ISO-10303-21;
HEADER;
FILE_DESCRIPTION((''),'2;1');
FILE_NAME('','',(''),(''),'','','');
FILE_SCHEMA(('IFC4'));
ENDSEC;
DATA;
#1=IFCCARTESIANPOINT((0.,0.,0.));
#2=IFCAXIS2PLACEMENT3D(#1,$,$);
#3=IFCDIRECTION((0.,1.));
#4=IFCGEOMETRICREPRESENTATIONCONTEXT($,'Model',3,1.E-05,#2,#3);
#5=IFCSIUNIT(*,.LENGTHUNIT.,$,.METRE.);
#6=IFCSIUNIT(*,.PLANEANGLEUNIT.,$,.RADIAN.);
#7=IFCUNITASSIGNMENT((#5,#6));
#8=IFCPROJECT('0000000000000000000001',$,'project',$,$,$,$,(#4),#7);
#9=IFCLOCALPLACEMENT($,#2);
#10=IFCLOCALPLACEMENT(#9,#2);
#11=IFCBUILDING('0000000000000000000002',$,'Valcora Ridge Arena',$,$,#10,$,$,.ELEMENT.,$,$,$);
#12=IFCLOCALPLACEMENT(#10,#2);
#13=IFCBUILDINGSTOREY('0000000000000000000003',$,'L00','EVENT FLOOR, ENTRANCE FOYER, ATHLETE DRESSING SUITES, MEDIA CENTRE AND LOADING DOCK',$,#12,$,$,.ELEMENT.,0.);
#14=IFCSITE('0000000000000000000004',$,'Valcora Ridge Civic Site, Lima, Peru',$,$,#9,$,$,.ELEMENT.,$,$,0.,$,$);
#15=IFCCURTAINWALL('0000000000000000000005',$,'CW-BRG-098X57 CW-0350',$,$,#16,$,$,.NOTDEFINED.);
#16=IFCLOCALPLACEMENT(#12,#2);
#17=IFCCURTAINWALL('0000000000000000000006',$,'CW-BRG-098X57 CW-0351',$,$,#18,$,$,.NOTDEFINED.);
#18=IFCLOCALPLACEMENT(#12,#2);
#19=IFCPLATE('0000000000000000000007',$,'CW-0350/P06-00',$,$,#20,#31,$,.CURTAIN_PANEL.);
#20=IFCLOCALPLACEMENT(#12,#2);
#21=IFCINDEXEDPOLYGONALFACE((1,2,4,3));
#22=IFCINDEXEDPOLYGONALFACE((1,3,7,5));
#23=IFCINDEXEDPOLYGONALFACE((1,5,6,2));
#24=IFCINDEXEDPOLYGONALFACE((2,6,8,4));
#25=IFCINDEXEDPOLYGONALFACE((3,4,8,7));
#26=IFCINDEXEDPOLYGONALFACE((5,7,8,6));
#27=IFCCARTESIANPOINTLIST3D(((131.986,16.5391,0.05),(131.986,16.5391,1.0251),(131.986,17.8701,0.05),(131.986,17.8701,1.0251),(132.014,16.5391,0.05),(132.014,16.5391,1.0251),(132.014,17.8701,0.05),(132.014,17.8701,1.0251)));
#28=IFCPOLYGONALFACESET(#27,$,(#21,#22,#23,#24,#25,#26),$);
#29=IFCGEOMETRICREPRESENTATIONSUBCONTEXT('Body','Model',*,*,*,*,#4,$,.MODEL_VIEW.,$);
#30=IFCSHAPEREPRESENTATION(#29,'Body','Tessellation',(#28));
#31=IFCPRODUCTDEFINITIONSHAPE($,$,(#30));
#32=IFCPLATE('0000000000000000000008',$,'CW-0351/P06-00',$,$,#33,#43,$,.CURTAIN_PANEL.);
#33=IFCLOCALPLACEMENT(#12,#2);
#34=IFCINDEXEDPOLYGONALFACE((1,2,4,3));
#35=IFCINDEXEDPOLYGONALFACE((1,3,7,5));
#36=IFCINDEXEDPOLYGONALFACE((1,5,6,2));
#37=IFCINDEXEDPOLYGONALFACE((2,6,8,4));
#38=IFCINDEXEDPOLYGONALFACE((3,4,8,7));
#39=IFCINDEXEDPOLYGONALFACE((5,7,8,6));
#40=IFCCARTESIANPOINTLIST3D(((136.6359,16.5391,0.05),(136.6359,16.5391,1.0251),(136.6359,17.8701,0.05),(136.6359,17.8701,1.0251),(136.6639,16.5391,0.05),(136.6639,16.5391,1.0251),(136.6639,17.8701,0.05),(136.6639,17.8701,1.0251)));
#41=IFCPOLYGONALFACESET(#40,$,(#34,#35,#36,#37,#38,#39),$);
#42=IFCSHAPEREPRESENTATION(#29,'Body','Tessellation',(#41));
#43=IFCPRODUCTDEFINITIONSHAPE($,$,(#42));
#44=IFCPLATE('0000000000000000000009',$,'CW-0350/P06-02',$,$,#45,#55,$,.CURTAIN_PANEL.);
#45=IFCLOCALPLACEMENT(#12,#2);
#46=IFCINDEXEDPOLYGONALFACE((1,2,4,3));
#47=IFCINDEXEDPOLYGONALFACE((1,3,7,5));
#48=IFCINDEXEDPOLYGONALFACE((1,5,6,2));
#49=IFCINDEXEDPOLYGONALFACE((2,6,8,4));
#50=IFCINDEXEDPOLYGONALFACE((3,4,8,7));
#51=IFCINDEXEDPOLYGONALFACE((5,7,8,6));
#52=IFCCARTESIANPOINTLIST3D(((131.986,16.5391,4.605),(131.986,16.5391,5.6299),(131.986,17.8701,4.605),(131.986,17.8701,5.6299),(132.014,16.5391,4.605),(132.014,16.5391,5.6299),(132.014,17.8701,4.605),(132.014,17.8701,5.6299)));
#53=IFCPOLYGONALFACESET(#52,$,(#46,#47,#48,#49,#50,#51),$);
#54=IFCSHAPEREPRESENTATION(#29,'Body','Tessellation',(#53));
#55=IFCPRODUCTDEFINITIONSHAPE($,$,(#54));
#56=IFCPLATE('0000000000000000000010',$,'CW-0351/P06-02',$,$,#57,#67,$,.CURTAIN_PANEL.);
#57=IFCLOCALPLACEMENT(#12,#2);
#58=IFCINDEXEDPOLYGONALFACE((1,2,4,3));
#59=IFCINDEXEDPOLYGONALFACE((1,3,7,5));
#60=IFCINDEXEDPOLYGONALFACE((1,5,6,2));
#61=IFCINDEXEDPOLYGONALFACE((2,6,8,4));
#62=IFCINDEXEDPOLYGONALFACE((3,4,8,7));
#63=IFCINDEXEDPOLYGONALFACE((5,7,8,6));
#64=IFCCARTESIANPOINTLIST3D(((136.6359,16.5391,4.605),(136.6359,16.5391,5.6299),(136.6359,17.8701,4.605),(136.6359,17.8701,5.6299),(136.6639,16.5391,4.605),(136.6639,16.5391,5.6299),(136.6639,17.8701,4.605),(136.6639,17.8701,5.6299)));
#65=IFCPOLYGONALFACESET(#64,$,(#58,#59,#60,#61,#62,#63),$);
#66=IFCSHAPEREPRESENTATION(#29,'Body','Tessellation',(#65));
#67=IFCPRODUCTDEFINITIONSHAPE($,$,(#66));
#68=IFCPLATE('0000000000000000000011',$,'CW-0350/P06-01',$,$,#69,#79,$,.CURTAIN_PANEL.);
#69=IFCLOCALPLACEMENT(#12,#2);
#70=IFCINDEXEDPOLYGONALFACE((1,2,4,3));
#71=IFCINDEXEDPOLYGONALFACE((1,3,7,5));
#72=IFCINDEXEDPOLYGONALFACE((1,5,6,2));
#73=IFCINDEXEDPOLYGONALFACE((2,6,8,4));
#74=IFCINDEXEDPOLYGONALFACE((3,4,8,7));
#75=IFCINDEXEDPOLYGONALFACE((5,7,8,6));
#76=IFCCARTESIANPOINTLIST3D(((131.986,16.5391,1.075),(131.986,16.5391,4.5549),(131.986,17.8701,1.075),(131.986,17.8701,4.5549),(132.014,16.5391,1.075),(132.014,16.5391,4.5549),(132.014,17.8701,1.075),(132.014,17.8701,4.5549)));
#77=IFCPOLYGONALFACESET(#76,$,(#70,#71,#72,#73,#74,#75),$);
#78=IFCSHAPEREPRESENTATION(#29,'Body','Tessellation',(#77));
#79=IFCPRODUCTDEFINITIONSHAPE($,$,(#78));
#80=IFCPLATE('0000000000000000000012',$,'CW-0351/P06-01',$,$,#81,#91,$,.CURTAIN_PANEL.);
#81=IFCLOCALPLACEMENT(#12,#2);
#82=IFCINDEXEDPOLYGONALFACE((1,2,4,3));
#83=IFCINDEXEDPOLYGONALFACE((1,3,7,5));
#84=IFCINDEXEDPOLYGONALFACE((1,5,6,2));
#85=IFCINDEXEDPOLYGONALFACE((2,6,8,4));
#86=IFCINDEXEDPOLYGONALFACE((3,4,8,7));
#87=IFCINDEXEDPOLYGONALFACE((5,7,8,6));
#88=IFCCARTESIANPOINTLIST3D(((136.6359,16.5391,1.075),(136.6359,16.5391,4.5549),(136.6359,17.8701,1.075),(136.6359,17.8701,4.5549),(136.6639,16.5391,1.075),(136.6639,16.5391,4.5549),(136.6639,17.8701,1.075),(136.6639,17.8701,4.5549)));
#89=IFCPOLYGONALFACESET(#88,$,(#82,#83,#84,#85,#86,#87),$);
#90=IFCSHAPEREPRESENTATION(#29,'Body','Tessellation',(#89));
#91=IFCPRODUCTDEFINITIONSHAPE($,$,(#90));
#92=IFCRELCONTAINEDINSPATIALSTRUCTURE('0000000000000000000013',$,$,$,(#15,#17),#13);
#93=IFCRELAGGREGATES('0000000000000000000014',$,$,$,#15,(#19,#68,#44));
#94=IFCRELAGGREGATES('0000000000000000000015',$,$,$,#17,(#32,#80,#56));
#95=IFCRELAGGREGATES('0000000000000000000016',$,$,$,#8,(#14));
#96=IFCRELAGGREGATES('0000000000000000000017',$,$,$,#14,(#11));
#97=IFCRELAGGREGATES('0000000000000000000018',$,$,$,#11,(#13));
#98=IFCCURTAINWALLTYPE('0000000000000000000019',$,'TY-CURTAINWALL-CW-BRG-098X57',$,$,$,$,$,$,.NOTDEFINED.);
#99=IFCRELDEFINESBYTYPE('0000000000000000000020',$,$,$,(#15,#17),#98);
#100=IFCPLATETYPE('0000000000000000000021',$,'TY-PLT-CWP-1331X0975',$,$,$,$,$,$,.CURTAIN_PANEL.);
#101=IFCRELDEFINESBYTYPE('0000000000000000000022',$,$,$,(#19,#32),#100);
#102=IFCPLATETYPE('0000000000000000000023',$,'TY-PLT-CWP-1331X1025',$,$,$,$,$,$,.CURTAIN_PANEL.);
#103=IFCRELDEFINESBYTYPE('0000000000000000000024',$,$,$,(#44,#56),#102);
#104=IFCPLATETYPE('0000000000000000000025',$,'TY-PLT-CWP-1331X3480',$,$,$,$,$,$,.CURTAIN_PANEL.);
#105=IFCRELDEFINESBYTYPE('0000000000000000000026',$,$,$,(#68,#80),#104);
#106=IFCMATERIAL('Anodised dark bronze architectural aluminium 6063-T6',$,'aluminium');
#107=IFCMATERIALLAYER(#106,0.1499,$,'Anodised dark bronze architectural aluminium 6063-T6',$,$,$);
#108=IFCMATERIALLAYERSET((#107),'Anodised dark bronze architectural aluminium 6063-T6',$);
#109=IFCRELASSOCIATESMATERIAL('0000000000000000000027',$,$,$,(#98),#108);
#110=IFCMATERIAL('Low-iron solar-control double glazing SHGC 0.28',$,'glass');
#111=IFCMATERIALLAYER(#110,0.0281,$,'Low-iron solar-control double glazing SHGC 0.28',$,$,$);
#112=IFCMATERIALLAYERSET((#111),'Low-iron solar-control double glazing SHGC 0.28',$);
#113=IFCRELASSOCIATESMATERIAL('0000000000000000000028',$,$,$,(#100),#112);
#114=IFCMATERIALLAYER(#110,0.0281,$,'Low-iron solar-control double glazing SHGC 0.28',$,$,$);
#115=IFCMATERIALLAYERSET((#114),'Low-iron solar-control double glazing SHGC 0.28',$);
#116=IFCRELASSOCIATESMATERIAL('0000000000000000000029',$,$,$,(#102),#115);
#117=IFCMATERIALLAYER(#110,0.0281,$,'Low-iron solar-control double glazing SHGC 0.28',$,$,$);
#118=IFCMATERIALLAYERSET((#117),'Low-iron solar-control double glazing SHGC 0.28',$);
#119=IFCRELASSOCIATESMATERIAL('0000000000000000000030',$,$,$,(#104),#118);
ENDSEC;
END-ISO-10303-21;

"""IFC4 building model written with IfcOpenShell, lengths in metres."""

from ifc_helpers import new_model, si_unit, direction, frame, origin, origin_2d, place, context, subcontext, project, spatial, rectangle, extrude, material, layer, layer_set, type_object, element, aggregate, save


model = new_model("IFC4")

# Units and contexts
model_context = context("Model", 3, precision=1e-05, world=origin(), true_north=direction((0.0, 1.0)))
body_context = subcontext(model_context, "Body", "Model", "MODEL_VIEW")
ifc_project = project(units=[si_unit("LENGTHUNIT", "METRE"), si_unit("PLANEANGLEUNIT", "RADIAN")], contexts=[model_context])

# Site, building, storey
site_placement = place(None, origin())
site = spatial("IfcSite", under=ifc_project, at=site_placement, Name="Valcora Ridge Civic Site, Lima, Peru", CompositionType="ELEMENT", RefElevation=0.0)
building_placement = place(site_placement, origin())
building = spatial("IfcBuilding", under=site, at=building_placement, Name="Valcora Ridge Arena", CompositionType="ELEMENT")
storey_placement = place(building_placement, origin())
storey = spatial("IfcBuildingStorey", under=building, at=storey_placement, Name="L00", Description="EVENT FLOOR, ENTRANCE FOYER, ATHLETE DRESSING SUITES, MEDIA CENTRE AND LOADING DOCK", CompositionType="ELEMENT", Elevation=0.0)

# Curtain walls
ifc_material_1 = material(Name="Anodised dark bronze architectural aluminium 6063-T6", Category="aluminium")
ifc_layer_1 = layer(ifc_material_1, 0.1499, Name="Anodised dark bronze architectural aluminium 6063-T6")
ifc_layer_set_1 = layer_set([ifc_layer_1], Name="Anodised dark bronze architectural aluminium 6063-T6")
curtain_wall_type = type_object("IfcCurtainWallType", Name="TY-CURTAINWALL-CW-BRG-098X57", PredefinedType="NOTDEFINED", material=ifc_layer_set_1)
curtain_wall_1_placement = place(storey_placement, origin())
curtain_wall_1 = element("IfcCurtainWall", 1, at=curtain_wall_1_placement, inside=storey, type_object=curtain_wall_type, Name="CW-BRG-098X57 CW-0350", PredefinedType="NOTDEFINED")
curtain_wall_2_placement = place(storey_placement, origin())
curtain_wall_2 = element("IfcCurtainWall", 2, at=curtain_wall_2_placement, inside=storey, type_object=curtain_wall_type, Name="CW-BRG-098X57 CW-0351", PredefinedType="NOTDEFINED")

# Plates
ifc_material_2 = material(Name="Low-iron solar-control double glazing SHGC 0.28", Category="glass")
ifc_layer_2 = layer(ifc_material_2, 0.0281, Name="Low-iron solar-control double glazing SHGC 0.28")
ifc_layer_set_2 = layer_set([ifc_layer_2], Name="Low-iron solar-control double glazing SHGC 0.28")
plate_type_1 = type_object("IfcPlateType", Name="TY-PLT-CWP-1331X0975", PredefinedType="CURTAIN_PANEL", material=ifc_layer_set_2)
plate_1_placement = place(storey_placement, frame((132.0, 17.2046, 0.05), z_axis=(0.0, 0.0, 1.0), x_axis=(0.0, 1.0, 0.0)))
plate_1 = element("IfcPlate", 3, at=plate_1_placement, type_object=plate_type_1, Name="CW-0350/P06-00", PredefinedType="CURTAIN_PANEL", context=body_context, shape_type="SweptSolid", body=[
    extrude(rectangle(XDim=1.3311, YDim=0.0281, at=origin_2d()), origin(), (0.0, 0.0, 1.0), 0.9751),
])
plate_2_placement = place(storey_placement, frame((136.6499, 17.2046, 0.05), z_axis=(0.0, 0.0, 1.0), x_axis=(0.0, 1.0, 0.0)))
plate_2 = element("IfcPlate", 4, at=plate_2_placement, type_object=plate_type_1, Name="CW-0351/P06-00", PredefinedType="CURTAIN_PANEL", context=body_context, shape_type="SweptSolid", body=[
    extrude(rectangle(XDim=1.3311, YDim=0.0281, at=origin_2d()), origin(), (0.0, 0.0, 1.0), 0.9751),
])
ifc_layer_3 = layer(ifc_material_2, 0.0281, Name="Low-iron solar-control double glazing SHGC 0.28")
ifc_layer_set_3 = layer_set([ifc_layer_3], Name="Low-iron solar-control double glazing SHGC 0.28")
plate_type_2 = type_object("IfcPlateType", Name="TY-PLT-CWP-1331X1025", PredefinedType="CURTAIN_PANEL", material=ifc_layer_set_3)
plate_3_placement = place(storey_placement, frame((132.0, 17.2046, 4.605), z_axis=(0.0, 0.0, 1.0), x_axis=(0.0, 1.0, 0.0)))
plate_3 = element("IfcPlate", 5, at=plate_3_placement, type_object=plate_type_2, Name="CW-0350/P06-02", PredefinedType="CURTAIN_PANEL", context=body_context, shape_type="SweptSolid", body=[
    extrude(rectangle(XDim=1.3311, YDim=0.0281, at=origin_2d()), origin(), (0.0, 0.0, 1.0), 1.0249),
])
plate_4_placement = place(storey_placement, frame((136.6499, 17.2046, 4.605), z_axis=(0.0, 0.0, 1.0), x_axis=(0.0, 1.0, 0.0)))
plate_4 = element("IfcPlate", 6, at=plate_4_placement, type_object=plate_type_2, Name="CW-0351/P06-02", PredefinedType="CURTAIN_PANEL", context=body_context, shape_type="SweptSolid", body=[
    extrude(rectangle(XDim=1.3311, YDim=0.0281, at=origin_2d()), origin(), (0.0, 0.0, 1.0), 1.0249),
])
ifc_layer_4 = layer(ifc_material_2, 0.0281, Name="Low-iron solar-control double glazing SHGC 0.28")
ifc_layer_set_4 = layer_set([ifc_layer_4], Name="Low-iron solar-control double glazing SHGC 0.28")
plate_type_3 = type_object("IfcPlateType", Name="TY-PLT-CWP-1331X3480", PredefinedType="CURTAIN_PANEL", material=ifc_layer_set_4)
plate_5_placement = place(storey_placement, frame((132.0, 17.2046, 1.075), z_axis=(0.0, 0.0, 1.0), x_axis=(0.0, 1.0, 0.0)))
plate_5 = element("IfcPlate", 7, at=plate_5_placement, type_object=plate_type_3, Name="CW-0350/P06-01", PredefinedType="CURTAIN_PANEL", context=body_context, shape_type="SweptSolid", body=[
    extrude(rectangle(XDim=1.3311, YDim=0.0281, at=origin_2d()), origin(), (0.0, 0.0, 1.0), 3.48),
])
aggregate(curtain_wall_1, [plate_1, plate_5, plate_3])
plate_6_placement = place(storey_placement, frame((136.6499, 17.2046, 1.075), z_axis=(0.0, 0.0, 1.0), x_axis=(0.0, 1.0, 0.0)))
plate_6 = element("IfcPlate", 8, at=plate_6_placement, type_object=plate_type_3, Name="CW-0351/P06-01", PredefinedType="CURTAIN_PANEL", context=body_context, shape_type="SweptSolid", body=[
    extrude(rectangle(XDim=1.3311, YDim=0.0281, at=origin_2d()), origin(), (0.0, 0.0, 1.0), 3.48),
])
aggregate(curtain_wall_2, [plate_2, plate_6, plate_4])

save(model, "model.ifc")
